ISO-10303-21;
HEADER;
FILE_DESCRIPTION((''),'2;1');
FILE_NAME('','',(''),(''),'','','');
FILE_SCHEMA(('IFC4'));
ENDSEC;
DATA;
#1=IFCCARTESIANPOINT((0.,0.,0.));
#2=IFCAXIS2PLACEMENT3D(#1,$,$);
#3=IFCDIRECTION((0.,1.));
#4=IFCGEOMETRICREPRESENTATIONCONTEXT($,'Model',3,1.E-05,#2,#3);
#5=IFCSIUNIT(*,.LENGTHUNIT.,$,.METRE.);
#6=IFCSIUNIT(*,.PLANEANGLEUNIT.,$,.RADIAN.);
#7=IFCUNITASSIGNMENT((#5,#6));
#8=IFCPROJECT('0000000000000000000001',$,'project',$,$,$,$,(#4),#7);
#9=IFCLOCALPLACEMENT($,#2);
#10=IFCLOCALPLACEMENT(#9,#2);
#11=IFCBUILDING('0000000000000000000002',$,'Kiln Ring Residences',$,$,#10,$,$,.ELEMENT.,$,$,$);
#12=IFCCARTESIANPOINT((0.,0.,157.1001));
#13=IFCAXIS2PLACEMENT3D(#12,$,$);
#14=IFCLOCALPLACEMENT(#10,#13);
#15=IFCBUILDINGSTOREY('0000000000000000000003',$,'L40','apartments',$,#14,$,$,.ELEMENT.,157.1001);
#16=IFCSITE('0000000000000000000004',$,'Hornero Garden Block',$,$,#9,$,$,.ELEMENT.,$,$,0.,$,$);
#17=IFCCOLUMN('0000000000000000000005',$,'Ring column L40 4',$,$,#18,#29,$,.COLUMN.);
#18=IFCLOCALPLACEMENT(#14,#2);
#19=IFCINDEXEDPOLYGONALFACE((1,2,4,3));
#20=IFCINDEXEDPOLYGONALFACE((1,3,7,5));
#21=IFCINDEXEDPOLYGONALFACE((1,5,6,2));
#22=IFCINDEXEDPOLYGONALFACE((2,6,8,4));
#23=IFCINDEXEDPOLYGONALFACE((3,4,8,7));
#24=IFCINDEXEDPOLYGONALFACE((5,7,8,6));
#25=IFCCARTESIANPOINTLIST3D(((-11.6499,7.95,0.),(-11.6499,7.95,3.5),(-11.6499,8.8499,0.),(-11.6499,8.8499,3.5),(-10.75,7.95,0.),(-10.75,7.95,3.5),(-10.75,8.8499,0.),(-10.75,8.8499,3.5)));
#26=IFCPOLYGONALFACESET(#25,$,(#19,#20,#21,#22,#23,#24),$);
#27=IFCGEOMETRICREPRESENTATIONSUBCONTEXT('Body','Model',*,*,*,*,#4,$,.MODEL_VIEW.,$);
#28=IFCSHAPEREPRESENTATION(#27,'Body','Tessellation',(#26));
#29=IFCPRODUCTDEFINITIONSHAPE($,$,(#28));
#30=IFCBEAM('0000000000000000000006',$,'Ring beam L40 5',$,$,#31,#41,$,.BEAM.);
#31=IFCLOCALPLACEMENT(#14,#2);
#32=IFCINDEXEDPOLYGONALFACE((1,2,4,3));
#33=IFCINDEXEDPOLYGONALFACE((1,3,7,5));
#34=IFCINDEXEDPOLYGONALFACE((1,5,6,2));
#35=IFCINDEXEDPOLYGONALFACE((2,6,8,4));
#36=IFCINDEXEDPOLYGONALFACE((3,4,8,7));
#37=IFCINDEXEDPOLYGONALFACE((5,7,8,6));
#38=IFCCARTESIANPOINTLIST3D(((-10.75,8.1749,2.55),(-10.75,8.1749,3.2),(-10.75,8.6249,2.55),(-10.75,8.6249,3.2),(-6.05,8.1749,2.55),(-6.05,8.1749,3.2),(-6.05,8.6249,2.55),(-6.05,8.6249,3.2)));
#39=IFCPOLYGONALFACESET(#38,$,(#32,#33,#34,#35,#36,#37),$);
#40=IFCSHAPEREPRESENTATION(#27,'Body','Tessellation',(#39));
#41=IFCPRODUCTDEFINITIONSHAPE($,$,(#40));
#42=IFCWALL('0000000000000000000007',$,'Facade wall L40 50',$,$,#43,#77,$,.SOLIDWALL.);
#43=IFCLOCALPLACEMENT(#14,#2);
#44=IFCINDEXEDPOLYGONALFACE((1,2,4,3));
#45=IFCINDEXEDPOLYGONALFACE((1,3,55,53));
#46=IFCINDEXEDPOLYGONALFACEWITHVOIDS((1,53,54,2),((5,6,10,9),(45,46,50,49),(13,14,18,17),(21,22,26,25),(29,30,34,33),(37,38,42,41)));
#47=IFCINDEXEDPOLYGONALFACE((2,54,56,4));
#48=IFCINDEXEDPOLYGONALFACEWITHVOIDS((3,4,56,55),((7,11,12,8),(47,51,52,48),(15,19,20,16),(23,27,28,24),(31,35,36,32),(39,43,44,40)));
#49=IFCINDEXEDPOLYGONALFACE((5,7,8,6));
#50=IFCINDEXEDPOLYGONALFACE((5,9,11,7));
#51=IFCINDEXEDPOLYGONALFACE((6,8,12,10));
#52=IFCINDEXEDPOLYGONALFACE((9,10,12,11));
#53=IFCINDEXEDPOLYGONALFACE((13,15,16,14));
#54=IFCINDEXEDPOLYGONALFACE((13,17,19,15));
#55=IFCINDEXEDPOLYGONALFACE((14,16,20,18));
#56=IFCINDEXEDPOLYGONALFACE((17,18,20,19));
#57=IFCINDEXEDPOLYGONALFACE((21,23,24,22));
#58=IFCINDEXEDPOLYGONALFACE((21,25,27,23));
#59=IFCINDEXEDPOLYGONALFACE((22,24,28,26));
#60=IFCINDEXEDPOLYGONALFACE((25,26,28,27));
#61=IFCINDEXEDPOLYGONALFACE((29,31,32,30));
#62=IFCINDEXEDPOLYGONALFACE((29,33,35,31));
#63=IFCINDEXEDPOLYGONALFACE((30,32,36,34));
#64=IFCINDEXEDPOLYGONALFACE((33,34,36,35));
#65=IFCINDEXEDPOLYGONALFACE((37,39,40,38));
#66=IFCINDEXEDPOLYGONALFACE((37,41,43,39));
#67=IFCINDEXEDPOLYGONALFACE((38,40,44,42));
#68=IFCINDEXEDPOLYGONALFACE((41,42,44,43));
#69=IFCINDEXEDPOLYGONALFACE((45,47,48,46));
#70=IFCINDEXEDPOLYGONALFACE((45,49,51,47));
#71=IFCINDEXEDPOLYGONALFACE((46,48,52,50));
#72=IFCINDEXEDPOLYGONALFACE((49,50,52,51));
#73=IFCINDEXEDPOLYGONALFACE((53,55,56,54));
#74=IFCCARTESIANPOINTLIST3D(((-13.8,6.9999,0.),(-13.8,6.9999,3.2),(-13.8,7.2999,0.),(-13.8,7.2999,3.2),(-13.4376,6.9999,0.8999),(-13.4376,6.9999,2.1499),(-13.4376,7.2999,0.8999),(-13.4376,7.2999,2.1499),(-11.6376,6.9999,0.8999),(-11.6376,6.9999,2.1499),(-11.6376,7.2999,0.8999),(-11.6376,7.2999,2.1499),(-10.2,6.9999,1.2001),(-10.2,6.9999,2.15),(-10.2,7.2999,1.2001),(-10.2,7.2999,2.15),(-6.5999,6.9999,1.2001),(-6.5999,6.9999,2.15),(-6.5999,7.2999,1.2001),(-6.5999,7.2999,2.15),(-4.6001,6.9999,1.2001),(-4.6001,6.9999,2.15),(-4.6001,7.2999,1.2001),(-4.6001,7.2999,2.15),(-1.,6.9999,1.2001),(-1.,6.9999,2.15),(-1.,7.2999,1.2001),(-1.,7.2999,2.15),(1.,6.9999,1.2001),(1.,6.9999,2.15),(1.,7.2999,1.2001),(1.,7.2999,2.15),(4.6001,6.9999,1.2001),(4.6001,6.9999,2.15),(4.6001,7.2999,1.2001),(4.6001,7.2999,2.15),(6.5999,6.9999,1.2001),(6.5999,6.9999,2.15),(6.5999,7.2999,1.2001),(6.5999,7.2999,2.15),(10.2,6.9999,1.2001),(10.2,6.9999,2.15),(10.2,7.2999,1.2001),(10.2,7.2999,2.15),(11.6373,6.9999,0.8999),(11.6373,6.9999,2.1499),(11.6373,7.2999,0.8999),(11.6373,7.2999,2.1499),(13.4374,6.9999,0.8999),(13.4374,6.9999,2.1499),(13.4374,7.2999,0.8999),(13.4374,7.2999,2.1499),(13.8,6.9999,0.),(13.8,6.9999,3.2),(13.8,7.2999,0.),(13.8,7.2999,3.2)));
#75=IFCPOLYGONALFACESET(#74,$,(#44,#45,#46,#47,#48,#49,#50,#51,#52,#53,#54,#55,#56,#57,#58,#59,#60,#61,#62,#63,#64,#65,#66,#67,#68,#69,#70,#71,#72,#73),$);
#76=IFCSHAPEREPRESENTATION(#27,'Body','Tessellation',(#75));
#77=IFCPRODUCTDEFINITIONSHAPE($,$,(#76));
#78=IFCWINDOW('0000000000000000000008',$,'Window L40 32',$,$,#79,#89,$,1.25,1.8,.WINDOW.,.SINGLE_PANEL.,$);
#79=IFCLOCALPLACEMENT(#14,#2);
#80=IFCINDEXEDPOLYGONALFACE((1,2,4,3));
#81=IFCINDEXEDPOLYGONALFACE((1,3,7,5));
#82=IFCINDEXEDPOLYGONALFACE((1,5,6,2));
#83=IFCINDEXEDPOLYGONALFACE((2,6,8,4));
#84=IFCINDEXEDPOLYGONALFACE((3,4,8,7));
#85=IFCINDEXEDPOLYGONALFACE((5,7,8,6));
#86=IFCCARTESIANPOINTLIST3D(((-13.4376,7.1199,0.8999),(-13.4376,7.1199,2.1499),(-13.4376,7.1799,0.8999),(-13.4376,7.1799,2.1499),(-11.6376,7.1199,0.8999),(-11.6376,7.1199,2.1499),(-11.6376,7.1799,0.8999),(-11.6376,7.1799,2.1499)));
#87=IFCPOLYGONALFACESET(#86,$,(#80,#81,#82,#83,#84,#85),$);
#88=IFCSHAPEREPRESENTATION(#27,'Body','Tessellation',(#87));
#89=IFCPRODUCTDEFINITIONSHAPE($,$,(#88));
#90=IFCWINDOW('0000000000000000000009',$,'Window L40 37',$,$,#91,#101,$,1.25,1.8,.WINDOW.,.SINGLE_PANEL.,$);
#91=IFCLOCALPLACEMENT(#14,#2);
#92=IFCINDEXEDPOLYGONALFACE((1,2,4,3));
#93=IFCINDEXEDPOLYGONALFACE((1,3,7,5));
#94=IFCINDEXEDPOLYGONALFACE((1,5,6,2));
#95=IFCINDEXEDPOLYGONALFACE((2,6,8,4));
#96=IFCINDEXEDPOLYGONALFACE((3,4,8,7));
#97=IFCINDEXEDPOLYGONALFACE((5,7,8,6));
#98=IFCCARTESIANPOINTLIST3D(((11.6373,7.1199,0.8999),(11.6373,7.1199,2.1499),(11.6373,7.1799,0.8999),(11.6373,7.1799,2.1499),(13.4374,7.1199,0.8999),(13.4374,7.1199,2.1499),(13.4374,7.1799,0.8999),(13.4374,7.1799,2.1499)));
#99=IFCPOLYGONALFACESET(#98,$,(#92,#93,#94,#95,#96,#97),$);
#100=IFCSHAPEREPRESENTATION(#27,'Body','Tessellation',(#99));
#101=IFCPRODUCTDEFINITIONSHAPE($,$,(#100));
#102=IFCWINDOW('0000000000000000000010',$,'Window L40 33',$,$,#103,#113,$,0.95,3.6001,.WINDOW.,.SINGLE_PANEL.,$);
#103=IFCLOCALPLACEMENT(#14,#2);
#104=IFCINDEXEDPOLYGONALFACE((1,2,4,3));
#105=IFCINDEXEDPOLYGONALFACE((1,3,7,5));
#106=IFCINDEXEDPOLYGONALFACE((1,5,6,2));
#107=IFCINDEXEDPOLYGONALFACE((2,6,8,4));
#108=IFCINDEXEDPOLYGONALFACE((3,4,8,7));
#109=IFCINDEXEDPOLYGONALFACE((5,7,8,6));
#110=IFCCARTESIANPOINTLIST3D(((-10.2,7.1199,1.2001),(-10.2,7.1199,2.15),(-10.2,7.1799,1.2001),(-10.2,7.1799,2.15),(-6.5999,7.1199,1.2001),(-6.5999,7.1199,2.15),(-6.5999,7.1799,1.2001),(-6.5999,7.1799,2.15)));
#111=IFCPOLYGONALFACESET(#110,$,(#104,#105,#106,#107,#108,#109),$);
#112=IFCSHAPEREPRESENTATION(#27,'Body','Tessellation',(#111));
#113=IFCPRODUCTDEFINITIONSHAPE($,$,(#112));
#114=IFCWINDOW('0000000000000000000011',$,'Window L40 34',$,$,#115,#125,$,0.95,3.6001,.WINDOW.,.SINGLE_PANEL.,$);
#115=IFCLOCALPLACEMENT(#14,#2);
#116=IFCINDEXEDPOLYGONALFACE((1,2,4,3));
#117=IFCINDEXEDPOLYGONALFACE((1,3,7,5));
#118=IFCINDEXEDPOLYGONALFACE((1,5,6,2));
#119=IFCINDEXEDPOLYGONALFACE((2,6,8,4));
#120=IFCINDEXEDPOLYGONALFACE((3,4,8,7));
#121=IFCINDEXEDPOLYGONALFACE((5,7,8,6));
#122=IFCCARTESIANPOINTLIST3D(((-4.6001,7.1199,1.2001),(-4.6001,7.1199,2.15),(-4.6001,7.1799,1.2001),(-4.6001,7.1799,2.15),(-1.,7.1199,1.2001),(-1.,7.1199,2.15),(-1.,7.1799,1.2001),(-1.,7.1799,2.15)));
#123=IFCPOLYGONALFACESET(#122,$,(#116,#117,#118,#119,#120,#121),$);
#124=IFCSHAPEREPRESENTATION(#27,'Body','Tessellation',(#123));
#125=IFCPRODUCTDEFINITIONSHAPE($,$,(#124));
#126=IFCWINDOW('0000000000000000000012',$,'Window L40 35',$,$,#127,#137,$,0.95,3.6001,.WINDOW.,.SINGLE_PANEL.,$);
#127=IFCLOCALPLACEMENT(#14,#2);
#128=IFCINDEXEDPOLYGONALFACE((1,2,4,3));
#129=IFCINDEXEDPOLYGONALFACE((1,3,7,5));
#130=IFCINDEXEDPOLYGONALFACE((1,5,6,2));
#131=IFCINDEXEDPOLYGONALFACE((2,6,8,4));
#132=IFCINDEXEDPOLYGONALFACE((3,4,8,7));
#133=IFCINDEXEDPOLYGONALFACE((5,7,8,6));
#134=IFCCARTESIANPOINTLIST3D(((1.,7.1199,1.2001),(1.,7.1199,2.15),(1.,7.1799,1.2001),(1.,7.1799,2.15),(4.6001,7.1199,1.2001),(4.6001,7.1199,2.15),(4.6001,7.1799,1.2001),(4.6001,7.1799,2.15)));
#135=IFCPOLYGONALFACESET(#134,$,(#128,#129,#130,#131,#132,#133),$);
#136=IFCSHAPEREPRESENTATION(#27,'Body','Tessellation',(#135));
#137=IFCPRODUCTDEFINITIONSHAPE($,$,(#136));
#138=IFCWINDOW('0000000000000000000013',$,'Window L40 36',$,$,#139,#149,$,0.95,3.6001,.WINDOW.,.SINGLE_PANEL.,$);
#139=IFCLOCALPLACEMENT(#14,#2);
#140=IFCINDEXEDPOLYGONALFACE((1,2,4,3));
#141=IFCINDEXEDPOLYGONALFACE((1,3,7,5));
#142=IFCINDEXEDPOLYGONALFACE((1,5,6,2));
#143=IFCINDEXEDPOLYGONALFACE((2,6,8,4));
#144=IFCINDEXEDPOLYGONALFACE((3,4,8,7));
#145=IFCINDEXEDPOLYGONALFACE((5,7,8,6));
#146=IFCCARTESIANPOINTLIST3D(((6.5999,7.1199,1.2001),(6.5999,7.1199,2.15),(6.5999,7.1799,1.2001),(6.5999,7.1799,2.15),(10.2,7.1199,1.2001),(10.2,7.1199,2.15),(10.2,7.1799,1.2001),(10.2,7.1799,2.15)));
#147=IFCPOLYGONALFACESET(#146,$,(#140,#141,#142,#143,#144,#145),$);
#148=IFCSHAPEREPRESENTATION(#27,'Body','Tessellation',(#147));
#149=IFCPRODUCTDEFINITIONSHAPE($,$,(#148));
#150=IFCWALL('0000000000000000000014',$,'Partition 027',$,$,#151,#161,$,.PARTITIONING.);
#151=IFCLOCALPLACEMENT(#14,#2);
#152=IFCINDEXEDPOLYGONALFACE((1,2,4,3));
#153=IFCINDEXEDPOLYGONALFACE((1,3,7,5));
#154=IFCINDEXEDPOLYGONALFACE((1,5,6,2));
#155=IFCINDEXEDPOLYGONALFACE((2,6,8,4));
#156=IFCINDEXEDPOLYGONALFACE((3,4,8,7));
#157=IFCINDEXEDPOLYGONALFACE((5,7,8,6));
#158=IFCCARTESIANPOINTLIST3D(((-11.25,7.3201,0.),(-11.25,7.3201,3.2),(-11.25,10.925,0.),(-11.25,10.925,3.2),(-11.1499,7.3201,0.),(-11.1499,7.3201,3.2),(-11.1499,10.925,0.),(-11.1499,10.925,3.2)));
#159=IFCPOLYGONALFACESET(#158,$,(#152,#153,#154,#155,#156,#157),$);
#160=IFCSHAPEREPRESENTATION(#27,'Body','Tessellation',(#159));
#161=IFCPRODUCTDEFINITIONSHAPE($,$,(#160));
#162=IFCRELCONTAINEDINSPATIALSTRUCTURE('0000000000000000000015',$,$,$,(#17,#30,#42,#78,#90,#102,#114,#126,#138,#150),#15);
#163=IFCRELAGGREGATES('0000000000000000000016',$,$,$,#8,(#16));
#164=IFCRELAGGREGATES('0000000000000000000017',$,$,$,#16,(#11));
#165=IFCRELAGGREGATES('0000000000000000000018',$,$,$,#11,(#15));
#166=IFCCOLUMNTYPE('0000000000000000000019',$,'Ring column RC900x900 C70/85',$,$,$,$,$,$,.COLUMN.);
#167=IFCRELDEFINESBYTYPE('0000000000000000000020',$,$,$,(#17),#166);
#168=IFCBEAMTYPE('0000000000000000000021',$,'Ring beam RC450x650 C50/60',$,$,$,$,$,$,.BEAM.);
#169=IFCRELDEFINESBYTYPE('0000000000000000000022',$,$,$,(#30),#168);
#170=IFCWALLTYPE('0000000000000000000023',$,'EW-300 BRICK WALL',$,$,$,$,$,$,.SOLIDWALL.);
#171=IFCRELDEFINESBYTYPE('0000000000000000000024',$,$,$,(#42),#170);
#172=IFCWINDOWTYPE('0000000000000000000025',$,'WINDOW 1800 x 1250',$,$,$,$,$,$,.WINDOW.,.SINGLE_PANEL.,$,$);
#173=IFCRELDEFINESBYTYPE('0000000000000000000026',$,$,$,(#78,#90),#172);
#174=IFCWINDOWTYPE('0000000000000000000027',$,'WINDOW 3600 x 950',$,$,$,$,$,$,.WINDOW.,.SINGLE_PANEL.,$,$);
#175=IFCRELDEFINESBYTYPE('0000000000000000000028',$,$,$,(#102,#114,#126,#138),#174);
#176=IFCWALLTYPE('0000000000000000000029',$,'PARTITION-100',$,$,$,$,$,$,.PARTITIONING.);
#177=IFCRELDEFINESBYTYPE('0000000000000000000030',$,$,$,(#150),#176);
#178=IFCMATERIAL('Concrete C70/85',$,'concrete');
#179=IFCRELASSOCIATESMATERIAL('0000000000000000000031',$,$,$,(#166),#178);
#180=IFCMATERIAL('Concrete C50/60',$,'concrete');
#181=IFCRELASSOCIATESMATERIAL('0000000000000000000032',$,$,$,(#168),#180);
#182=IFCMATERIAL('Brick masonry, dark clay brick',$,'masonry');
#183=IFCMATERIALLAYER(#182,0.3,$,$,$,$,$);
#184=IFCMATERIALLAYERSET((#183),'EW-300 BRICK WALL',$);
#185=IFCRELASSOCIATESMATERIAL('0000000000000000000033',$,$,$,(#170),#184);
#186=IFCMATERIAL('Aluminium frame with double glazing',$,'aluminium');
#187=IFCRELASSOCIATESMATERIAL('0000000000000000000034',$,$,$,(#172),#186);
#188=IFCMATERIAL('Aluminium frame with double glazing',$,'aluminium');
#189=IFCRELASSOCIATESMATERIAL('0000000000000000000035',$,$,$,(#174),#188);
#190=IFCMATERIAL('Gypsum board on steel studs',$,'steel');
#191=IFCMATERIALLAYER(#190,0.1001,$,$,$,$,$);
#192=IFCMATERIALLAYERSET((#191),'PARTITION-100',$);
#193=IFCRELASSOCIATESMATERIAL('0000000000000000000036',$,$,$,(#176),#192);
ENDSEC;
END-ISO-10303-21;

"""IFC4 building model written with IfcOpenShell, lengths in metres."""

from ifc_helpers import new_model, si_unit, direction, frame, frame_2d, origin, origin_2d, place, context, subcontext, project, spatial, rectangle, extrude, material, layer, layer_set, material_profile, profile_set, type_object, element, fill, save


model = new_model("IFC4")

# Units and contexts
model_context = context("Model", 3, precision=1e-05, world=origin(), true_north=direction((0.0, 1.0)))
body_context = subcontext(model_context, "Body", "Model", "MODEL_VIEW")
ifc_project = project(units=[si_unit("LENGTHUNIT", "METRE"), si_unit("PLANEANGLEUNIT", "RADIAN")], contexts=[model_context])

# Site, building, storey
site_placement = place(None, origin())
site = spatial("IfcSite", under=ifc_project, at=site_placement, Name="Hornero Garden Block", CompositionType="ELEMENT", RefElevation=0.0)
building_placement = place(site_placement, origin())
building = spatial("IfcBuilding", under=site, at=building_placement, Name="Kiln Ring Residences", CompositionType="ELEMENT")
storey_placement = place(building_placement, frame((0.0, 0.0, 157.1001)))
storey = spatial("IfcBuildingStorey", under=building, at=storey_placement, Name="L40", Description="apartments", CompositionType="ELEMENT", Elevation=157.1001)

# Column
ifc_material_1 = material(Name="Concrete C70/85", Category="concrete")
ifc_material_profile_1 = material_profile(ifc_material_1, rectangle(XDim=0.8999, YDim=0.8999, at=origin_2d()), Name="RC900x900")
ifc_profile_set_1 = profile_set([ifc_material_profile_1], Name="Concrete C70/85")
column_type = type_object("IfcColumnType", Name="Ring column RC900x900 C70/85", PredefinedType="COLUMN", material=ifc_profile_set_1)
column_placement = place(storey_placement, frame((-11.2, 8.3999, 0.0), z_axis=(0.0, 0.0, 1.0), x_axis=(1.0, 0.0, 0.0)))
element("IfcColumn", 1, at=column_placement, inside=storey, type_object=column_type, Name="Ring column L40 4", PredefinedType="COLUMN", context=body_context, shape_type="SweptSolid", body=[
    extrude(rectangle(XDim=0.8999, YDim=0.8999, at=origin_2d()), origin(), (0.0, 0.0, 1.0), 3.5),
])

# Beam
ifc_material_2 = material(Name="Concrete C50/60", Category="concrete")
ifc_material_profile_2 = material_profile(ifc_material_2, rectangle(XDim=0.45, YDim=0.6499, at=origin_2d()), Name="RC450x650")
ifc_profile_set_2 = profile_set([ifc_material_profile_2], Name="Concrete C50/60")
beam_type = type_object("IfcBeamType", Name="Ring beam RC450x650 C50/60", PredefinedType="BEAM", material=ifc_profile_set_2)
beam_placement = place(storey_placement, frame((-10.75, 8.3999, 2.875), z_axis=(1.0, 0.0, 0.0), x_axis=(0.0, 1.0, 0.0)))
element("IfcBeam", 2, at=beam_placement, inside=storey, type_object=beam_type, Name="Ring beam L40 5", PredefinedType="BEAM", context=body_context, shape_type="SweptSolid", body=[
    extrude(rectangle(XDim=0.45, YDim=0.6499, at=origin_2d()), origin(), (0.0, 0.0, 1.0), 4.7),
])

# Wall, openings, windows
ifc_material_3 = material(Name="Brick masonry, dark clay brick", Category="masonry")
ifc_layer_1 = layer(ifc_material_3, 0.3)
ifc_layer_set_1 = layer_set([ifc_layer_1], Name="EW-300 BRICK WALL")
wall_type_1 = type_object("IfcWallType", Name="EW-300 BRICK WALL", PredefinedType="SOLIDWALL", material=ifc_layer_set_1)
wall_1_placement = place(storey_placement, frame((-13.8, 7.1499, 0.0), z_axis=(0.0, 0.0, 1.0), x_axis=(1.0, 0.0, 0.0)))
wall_1 = element("IfcWall", 3, at=wall_1_placement, inside=storey, type_object=wall_type_1, Name="Facade wall L40 50", PredefinedType="SOLIDWALL", context=body_context, shape_type="SweptSolid", body=[
    extrude(rectangle(XDim=27.6001, YDim=0.3, at=frame_2d((13.8, 0.0))), origin(), (0.0, 0.0, 1.0), 3.2),
])
opening_1_placement = place(wall_1_placement, frame((0.3625, 0.0, 0.8999)))
opening_1 = element("IfcOpeningElement", 4, at=opening_1_placement, cuts=wall_1, PredefinedType="OPENING", context=body_context, shape_type="SweptSolid", body=[
    extrude(rectangle(XDim=1.8, YDim=1.25, at=frame_2d((0.8999, 0.625))), frame((0.0, 0.1599, 0.0), z_axis=(0.0, -1.0, 0.0), x_axis=(1.0, 0.0, 0.0)), (0.0, 0.0, 1.0), 0.3201),
])
opening_2_placement = place(wall_1_placement, frame((3.6001, 0.0, 1.2)))
opening_2 = element("IfcOpeningElement", 5, at=opening_2_placement, cuts=wall_1, PredefinedType="OPENING", context=body_context, shape_type="SweptSolid", body=[
    extrude(rectangle(XDim=3.6001, YDim=0.95, at=frame_2d((1.8, 0.4751))), frame((0.0, 0.1599, 0.0), z_axis=(0.0, -1.0, 0.0), x_axis=(1.0, 0.0, 0.0)), (0.0, 0.0, 1.0), 0.3201),
])
opening_3_placement = place(wall_1_placement, frame((9.2, 0.0, 1.2)))
opening_3 = element("IfcOpeningElement", 6, at=opening_3_placement, cuts=wall_1, PredefinedType="OPENING", context=body_context, shape_type="SweptSolid", body=[
    extrude(rectangle(XDim=3.6001, YDim=0.95, at=frame_2d((1.8, 0.4751))), frame((0.0, 0.1599, 0.0), z_axis=(0.0, -1.0, 0.0), x_axis=(1.0, 0.0, 0.0)), (0.0, 0.0, 1.0), 0.3201),
])
opening_4_placement = place(wall_1_placement, frame((14.8, 0.0, 1.2)))
opening_4 = element("IfcOpeningElement", 7, at=opening_4_placement, cuts=wall_1, PredefinedType="OPENING", context=body_context, shape_type="SweptSolid", body=[
    extrude(rectangle(XDim=3.6001, YDim=0.95, at=frame_2d((1.8, 0.4751))), frame((0.0, 0.1599, 0.0), z_axis=(0.0, -1.0, 0.0), x_axis=(1.0, 0.0, 0.0)), (0.0, 0.0, 1.0), 0.3201),
])
opening_5_placement = place(wall_1_placement, frame((20.3999, 0.0, 1.2)))
opening_5 = element("IfcOpeningElement", 8, at=opening_5_placement, cuts=wall_1, PredefinedType="OPENING", context=body_context, shape_type="SweptSolid", body=[
    extrude(rectangle(XDim=3.6001, YDim=0.95, at=frame_2d((1.8, 0.4751))), frame((0.0, 0.1599, 0.0), z_axis=(0.0, -1.0, 0.0), x_axis=(1.0, 0.0, 0.0)), (0.0, 0.0, 1.0), 0.3201),
])
opening_6_placement = place(wall_1_placement, frame((25.4375, 0.0, 0.8999)))
opening_6 = element("IfcOpeningElement", 9, at=opening_6_placement, cuts=wall_1, PredefinedType="OPENING", context=body_context, shape_type="SweptSolid", body=[
    extrude(rectangle(XDim=1.8, YDim=1.25, at=frame_2d((0.8999, 0.625))), frame((0.0, 0.1599, 0.0), z_axis=(0.0, -1.0, 0.0), x_axis=(1.0, 0.0, 0.0)), (0.0, 0.0, 1.0), 0.3201),
])
ifc_material_4 = material(Name="Aluminium frame with double glazing", Category="aluminium")
window_type_1 = type_object("IfcWindowType", Name="WINDOW 1800 x 1250", PartitioningType="SINGLE_PANEL", PredefinedType="WINDOW", material=ifc_material_4)
window_1_placement = place(opening_1_placement, origin())
window_1 = element("IfcWindow", 10, at=window_1_placement, inside=storey, type_object=window_type_1, Name="Window L40 32", OverallHeight=1.25, OverallWidth=1.8, PartitioningType="SINGLE_PANEL", PredefinedType="WINDOW", context=body_context, shape_type="SweptSolid", body=[
    extrude(rectangle(XDim=1.8, YDim=1.25, at=frame_2d((0.8999, 0.625))), frame((0.0, 0.03, 0.0), z_axis=(0.0, -1.0, 0.0), x_axis=(1.0, 0.0, 0.0)), (0.0, 0.0, 1.0), 0.0601),
])
fill(opening_1, window_1)
window_2_placement = place(opening_6_placement, origin())
window_2 = element("IfcWindow", 11, at=window_2_placement, inside=storey, type_object=window_type_1, Name="Window L40 37", OverallHeight=1.25, OverallWidth=1.8, PartitioningType="SINGLE_PANEL", PredefinedType="WINDOW", context=body_context, shape_type="SweptSolid", body=[
    extrude(rectangle(XDim=1.8, YDim=1.25, at=frame_2d((0.8999, 0.625))), frame((0.0, 0.03, 0.0), z_axis=(0.0, -1.0, 0.0), x_axis=(1.0, 0.0, 0.0)), (0.0, 0.0, 1.0), 0.0601),
])
fill(opening_6, window_2)
ifc_material_5 = material(Name="Aluminium frame with double glazing", Category="aluminium")
window_type_2 = type_object("IfcWindowType", Name="WINDOW 3600 x 950", PartitioningType="SINGLE_PANEL", PredefinedType="WINDOW", material=ifc_material_5)
window_3_placement = place(opening_2_placement, origin())
window_3 = element("IfcWindow", 12, at=window_3_placement, inside=storey, type_object=window_type_2, Name="Window L40 33", OverallHeight=0.95, OverallWidth=3.6001, PartitioningType="SINGLE_PANEL", PredefinedType="WINDOW", context=body_context, shape_type="SweptSolid", body=[
    extrude(rectangle(XDim=3.6001, YDim=0.95, at=frame_2d((1.8, 0.4751))), frame((0.0, 0.03, 0.0), z_axis=(0.0, -1.0, 0.0), x_axis=(1.0, 0.0, 0.0)), (0.0, 0.0, 1.0), 0.0601),
])
fill(opening_2, window_3)
window_4_placement = place(opening_3_placement, origin())
window_4 = element("IfcWindow", 13, at=window_4_placement, inside=storey, type_object=window_type_2, Name="Window L40 34", OverallHeight=0.95, OverallWidth=3.6001, PartitioningType="SINGLE_PANEL", PredefinedType="WINDOW", context=body_context, shape_type="SweptSolid", body=[
    extrude(rectangle(XDim=3.6001, YDim=0.95, at=frame_2d((1.8, 0.4751))), frame((0.0, 0.03, 0.0), z_axis=(0.0, -1.0, 0.0), x_axis=(1.0, 0.0, 0.0)), (0.0, 0.0, 1.0), 0.0601),
])
fill(opening_3, window_4)
window_5_placement = place(opening_4_placement, origin())
window_5 = element("IfcWindow", 14, at=window_5_placement, inside=storey, type_object=window_type_2, Name="Window L40 35", OverallHeight=0.95, OverallWidth=3.6001, PartitioningType="SINGLE_PANEL", PredefinedType="WINDOW", context=body_context, shape_type="SweptSolid", body=[
    extrude(rectangle(XDim=3.6001, YDim=0.95, at=frame_2d((1.8, 0.4751))), frame((0.0, 0.03, 0.0), z_axis=(0.0, -1.0, 0.0), x_axis=(1.0, 0.0, 0.0)), (0.0, 0.0, 1.0), 0.0601),
])
fill(opening_4, window_5)
window_6_placement = place(opening_5_placement, origin())
window_6 = element("IfcWindow", 15, at=window_6_placement, inside=storey, type_object=window_type_2, Name="Window L40 36", OverallHeight=0.95, OverallWidth=3.6001, PartitioningType="SINGLE_PANEL", PredefinedType="WINDOW", context=body_context, shape_type="SweptSolid", body=[
    extrude(rectangle(XDim=3.6001, YDim=0.95, at=frame_2d((1.8, 0.4751))), frame((0.0, 0.03, 0.0), z_axis=(0.0, -1.0, 0.0), x_axis=(1.0, 0.0, 0.0)), (0.0, 0.0, 1.0), 0.0601),
])
fill(opening_5, window_6)

# Wall
ifc_material_6 = material(Name="Gypsum board on steel studs", Category="steel")
ifc_layer_2 = layer(ifc_material_6, 0.1001)
ifc_layer_set_2 = layer_set([ifc_layer_2], Name="PARTITION-100")
wall_type_2 = type_object("IfcWallType", Name="PARTITION-100", PredefinedType="PARTITIONING", material=ifc_layer_set_2)
wall_2_placement = place(storey_placement, frame((-11.2, 7.3201, 0.0), z_axis=(0.0, 0.0, 1.0), x_axis=(0.0, 1.0, 0.0)))
element("IfcWall", 16, at=wall_2_placement, inside=storey, type_object=wall_type_2, Name="Partition 027", PredefinedType="PARTITIONING", context=body_context, shape_type="SweptSolid", body=[
    extrude(rectangle(XDim=3.605, YDim=0.1001, at=frame_2d((1.8025, 0.0))), origin(), (0.0, 0.0, 1.0), 3.2),
])

save(model, "model.ifc")
